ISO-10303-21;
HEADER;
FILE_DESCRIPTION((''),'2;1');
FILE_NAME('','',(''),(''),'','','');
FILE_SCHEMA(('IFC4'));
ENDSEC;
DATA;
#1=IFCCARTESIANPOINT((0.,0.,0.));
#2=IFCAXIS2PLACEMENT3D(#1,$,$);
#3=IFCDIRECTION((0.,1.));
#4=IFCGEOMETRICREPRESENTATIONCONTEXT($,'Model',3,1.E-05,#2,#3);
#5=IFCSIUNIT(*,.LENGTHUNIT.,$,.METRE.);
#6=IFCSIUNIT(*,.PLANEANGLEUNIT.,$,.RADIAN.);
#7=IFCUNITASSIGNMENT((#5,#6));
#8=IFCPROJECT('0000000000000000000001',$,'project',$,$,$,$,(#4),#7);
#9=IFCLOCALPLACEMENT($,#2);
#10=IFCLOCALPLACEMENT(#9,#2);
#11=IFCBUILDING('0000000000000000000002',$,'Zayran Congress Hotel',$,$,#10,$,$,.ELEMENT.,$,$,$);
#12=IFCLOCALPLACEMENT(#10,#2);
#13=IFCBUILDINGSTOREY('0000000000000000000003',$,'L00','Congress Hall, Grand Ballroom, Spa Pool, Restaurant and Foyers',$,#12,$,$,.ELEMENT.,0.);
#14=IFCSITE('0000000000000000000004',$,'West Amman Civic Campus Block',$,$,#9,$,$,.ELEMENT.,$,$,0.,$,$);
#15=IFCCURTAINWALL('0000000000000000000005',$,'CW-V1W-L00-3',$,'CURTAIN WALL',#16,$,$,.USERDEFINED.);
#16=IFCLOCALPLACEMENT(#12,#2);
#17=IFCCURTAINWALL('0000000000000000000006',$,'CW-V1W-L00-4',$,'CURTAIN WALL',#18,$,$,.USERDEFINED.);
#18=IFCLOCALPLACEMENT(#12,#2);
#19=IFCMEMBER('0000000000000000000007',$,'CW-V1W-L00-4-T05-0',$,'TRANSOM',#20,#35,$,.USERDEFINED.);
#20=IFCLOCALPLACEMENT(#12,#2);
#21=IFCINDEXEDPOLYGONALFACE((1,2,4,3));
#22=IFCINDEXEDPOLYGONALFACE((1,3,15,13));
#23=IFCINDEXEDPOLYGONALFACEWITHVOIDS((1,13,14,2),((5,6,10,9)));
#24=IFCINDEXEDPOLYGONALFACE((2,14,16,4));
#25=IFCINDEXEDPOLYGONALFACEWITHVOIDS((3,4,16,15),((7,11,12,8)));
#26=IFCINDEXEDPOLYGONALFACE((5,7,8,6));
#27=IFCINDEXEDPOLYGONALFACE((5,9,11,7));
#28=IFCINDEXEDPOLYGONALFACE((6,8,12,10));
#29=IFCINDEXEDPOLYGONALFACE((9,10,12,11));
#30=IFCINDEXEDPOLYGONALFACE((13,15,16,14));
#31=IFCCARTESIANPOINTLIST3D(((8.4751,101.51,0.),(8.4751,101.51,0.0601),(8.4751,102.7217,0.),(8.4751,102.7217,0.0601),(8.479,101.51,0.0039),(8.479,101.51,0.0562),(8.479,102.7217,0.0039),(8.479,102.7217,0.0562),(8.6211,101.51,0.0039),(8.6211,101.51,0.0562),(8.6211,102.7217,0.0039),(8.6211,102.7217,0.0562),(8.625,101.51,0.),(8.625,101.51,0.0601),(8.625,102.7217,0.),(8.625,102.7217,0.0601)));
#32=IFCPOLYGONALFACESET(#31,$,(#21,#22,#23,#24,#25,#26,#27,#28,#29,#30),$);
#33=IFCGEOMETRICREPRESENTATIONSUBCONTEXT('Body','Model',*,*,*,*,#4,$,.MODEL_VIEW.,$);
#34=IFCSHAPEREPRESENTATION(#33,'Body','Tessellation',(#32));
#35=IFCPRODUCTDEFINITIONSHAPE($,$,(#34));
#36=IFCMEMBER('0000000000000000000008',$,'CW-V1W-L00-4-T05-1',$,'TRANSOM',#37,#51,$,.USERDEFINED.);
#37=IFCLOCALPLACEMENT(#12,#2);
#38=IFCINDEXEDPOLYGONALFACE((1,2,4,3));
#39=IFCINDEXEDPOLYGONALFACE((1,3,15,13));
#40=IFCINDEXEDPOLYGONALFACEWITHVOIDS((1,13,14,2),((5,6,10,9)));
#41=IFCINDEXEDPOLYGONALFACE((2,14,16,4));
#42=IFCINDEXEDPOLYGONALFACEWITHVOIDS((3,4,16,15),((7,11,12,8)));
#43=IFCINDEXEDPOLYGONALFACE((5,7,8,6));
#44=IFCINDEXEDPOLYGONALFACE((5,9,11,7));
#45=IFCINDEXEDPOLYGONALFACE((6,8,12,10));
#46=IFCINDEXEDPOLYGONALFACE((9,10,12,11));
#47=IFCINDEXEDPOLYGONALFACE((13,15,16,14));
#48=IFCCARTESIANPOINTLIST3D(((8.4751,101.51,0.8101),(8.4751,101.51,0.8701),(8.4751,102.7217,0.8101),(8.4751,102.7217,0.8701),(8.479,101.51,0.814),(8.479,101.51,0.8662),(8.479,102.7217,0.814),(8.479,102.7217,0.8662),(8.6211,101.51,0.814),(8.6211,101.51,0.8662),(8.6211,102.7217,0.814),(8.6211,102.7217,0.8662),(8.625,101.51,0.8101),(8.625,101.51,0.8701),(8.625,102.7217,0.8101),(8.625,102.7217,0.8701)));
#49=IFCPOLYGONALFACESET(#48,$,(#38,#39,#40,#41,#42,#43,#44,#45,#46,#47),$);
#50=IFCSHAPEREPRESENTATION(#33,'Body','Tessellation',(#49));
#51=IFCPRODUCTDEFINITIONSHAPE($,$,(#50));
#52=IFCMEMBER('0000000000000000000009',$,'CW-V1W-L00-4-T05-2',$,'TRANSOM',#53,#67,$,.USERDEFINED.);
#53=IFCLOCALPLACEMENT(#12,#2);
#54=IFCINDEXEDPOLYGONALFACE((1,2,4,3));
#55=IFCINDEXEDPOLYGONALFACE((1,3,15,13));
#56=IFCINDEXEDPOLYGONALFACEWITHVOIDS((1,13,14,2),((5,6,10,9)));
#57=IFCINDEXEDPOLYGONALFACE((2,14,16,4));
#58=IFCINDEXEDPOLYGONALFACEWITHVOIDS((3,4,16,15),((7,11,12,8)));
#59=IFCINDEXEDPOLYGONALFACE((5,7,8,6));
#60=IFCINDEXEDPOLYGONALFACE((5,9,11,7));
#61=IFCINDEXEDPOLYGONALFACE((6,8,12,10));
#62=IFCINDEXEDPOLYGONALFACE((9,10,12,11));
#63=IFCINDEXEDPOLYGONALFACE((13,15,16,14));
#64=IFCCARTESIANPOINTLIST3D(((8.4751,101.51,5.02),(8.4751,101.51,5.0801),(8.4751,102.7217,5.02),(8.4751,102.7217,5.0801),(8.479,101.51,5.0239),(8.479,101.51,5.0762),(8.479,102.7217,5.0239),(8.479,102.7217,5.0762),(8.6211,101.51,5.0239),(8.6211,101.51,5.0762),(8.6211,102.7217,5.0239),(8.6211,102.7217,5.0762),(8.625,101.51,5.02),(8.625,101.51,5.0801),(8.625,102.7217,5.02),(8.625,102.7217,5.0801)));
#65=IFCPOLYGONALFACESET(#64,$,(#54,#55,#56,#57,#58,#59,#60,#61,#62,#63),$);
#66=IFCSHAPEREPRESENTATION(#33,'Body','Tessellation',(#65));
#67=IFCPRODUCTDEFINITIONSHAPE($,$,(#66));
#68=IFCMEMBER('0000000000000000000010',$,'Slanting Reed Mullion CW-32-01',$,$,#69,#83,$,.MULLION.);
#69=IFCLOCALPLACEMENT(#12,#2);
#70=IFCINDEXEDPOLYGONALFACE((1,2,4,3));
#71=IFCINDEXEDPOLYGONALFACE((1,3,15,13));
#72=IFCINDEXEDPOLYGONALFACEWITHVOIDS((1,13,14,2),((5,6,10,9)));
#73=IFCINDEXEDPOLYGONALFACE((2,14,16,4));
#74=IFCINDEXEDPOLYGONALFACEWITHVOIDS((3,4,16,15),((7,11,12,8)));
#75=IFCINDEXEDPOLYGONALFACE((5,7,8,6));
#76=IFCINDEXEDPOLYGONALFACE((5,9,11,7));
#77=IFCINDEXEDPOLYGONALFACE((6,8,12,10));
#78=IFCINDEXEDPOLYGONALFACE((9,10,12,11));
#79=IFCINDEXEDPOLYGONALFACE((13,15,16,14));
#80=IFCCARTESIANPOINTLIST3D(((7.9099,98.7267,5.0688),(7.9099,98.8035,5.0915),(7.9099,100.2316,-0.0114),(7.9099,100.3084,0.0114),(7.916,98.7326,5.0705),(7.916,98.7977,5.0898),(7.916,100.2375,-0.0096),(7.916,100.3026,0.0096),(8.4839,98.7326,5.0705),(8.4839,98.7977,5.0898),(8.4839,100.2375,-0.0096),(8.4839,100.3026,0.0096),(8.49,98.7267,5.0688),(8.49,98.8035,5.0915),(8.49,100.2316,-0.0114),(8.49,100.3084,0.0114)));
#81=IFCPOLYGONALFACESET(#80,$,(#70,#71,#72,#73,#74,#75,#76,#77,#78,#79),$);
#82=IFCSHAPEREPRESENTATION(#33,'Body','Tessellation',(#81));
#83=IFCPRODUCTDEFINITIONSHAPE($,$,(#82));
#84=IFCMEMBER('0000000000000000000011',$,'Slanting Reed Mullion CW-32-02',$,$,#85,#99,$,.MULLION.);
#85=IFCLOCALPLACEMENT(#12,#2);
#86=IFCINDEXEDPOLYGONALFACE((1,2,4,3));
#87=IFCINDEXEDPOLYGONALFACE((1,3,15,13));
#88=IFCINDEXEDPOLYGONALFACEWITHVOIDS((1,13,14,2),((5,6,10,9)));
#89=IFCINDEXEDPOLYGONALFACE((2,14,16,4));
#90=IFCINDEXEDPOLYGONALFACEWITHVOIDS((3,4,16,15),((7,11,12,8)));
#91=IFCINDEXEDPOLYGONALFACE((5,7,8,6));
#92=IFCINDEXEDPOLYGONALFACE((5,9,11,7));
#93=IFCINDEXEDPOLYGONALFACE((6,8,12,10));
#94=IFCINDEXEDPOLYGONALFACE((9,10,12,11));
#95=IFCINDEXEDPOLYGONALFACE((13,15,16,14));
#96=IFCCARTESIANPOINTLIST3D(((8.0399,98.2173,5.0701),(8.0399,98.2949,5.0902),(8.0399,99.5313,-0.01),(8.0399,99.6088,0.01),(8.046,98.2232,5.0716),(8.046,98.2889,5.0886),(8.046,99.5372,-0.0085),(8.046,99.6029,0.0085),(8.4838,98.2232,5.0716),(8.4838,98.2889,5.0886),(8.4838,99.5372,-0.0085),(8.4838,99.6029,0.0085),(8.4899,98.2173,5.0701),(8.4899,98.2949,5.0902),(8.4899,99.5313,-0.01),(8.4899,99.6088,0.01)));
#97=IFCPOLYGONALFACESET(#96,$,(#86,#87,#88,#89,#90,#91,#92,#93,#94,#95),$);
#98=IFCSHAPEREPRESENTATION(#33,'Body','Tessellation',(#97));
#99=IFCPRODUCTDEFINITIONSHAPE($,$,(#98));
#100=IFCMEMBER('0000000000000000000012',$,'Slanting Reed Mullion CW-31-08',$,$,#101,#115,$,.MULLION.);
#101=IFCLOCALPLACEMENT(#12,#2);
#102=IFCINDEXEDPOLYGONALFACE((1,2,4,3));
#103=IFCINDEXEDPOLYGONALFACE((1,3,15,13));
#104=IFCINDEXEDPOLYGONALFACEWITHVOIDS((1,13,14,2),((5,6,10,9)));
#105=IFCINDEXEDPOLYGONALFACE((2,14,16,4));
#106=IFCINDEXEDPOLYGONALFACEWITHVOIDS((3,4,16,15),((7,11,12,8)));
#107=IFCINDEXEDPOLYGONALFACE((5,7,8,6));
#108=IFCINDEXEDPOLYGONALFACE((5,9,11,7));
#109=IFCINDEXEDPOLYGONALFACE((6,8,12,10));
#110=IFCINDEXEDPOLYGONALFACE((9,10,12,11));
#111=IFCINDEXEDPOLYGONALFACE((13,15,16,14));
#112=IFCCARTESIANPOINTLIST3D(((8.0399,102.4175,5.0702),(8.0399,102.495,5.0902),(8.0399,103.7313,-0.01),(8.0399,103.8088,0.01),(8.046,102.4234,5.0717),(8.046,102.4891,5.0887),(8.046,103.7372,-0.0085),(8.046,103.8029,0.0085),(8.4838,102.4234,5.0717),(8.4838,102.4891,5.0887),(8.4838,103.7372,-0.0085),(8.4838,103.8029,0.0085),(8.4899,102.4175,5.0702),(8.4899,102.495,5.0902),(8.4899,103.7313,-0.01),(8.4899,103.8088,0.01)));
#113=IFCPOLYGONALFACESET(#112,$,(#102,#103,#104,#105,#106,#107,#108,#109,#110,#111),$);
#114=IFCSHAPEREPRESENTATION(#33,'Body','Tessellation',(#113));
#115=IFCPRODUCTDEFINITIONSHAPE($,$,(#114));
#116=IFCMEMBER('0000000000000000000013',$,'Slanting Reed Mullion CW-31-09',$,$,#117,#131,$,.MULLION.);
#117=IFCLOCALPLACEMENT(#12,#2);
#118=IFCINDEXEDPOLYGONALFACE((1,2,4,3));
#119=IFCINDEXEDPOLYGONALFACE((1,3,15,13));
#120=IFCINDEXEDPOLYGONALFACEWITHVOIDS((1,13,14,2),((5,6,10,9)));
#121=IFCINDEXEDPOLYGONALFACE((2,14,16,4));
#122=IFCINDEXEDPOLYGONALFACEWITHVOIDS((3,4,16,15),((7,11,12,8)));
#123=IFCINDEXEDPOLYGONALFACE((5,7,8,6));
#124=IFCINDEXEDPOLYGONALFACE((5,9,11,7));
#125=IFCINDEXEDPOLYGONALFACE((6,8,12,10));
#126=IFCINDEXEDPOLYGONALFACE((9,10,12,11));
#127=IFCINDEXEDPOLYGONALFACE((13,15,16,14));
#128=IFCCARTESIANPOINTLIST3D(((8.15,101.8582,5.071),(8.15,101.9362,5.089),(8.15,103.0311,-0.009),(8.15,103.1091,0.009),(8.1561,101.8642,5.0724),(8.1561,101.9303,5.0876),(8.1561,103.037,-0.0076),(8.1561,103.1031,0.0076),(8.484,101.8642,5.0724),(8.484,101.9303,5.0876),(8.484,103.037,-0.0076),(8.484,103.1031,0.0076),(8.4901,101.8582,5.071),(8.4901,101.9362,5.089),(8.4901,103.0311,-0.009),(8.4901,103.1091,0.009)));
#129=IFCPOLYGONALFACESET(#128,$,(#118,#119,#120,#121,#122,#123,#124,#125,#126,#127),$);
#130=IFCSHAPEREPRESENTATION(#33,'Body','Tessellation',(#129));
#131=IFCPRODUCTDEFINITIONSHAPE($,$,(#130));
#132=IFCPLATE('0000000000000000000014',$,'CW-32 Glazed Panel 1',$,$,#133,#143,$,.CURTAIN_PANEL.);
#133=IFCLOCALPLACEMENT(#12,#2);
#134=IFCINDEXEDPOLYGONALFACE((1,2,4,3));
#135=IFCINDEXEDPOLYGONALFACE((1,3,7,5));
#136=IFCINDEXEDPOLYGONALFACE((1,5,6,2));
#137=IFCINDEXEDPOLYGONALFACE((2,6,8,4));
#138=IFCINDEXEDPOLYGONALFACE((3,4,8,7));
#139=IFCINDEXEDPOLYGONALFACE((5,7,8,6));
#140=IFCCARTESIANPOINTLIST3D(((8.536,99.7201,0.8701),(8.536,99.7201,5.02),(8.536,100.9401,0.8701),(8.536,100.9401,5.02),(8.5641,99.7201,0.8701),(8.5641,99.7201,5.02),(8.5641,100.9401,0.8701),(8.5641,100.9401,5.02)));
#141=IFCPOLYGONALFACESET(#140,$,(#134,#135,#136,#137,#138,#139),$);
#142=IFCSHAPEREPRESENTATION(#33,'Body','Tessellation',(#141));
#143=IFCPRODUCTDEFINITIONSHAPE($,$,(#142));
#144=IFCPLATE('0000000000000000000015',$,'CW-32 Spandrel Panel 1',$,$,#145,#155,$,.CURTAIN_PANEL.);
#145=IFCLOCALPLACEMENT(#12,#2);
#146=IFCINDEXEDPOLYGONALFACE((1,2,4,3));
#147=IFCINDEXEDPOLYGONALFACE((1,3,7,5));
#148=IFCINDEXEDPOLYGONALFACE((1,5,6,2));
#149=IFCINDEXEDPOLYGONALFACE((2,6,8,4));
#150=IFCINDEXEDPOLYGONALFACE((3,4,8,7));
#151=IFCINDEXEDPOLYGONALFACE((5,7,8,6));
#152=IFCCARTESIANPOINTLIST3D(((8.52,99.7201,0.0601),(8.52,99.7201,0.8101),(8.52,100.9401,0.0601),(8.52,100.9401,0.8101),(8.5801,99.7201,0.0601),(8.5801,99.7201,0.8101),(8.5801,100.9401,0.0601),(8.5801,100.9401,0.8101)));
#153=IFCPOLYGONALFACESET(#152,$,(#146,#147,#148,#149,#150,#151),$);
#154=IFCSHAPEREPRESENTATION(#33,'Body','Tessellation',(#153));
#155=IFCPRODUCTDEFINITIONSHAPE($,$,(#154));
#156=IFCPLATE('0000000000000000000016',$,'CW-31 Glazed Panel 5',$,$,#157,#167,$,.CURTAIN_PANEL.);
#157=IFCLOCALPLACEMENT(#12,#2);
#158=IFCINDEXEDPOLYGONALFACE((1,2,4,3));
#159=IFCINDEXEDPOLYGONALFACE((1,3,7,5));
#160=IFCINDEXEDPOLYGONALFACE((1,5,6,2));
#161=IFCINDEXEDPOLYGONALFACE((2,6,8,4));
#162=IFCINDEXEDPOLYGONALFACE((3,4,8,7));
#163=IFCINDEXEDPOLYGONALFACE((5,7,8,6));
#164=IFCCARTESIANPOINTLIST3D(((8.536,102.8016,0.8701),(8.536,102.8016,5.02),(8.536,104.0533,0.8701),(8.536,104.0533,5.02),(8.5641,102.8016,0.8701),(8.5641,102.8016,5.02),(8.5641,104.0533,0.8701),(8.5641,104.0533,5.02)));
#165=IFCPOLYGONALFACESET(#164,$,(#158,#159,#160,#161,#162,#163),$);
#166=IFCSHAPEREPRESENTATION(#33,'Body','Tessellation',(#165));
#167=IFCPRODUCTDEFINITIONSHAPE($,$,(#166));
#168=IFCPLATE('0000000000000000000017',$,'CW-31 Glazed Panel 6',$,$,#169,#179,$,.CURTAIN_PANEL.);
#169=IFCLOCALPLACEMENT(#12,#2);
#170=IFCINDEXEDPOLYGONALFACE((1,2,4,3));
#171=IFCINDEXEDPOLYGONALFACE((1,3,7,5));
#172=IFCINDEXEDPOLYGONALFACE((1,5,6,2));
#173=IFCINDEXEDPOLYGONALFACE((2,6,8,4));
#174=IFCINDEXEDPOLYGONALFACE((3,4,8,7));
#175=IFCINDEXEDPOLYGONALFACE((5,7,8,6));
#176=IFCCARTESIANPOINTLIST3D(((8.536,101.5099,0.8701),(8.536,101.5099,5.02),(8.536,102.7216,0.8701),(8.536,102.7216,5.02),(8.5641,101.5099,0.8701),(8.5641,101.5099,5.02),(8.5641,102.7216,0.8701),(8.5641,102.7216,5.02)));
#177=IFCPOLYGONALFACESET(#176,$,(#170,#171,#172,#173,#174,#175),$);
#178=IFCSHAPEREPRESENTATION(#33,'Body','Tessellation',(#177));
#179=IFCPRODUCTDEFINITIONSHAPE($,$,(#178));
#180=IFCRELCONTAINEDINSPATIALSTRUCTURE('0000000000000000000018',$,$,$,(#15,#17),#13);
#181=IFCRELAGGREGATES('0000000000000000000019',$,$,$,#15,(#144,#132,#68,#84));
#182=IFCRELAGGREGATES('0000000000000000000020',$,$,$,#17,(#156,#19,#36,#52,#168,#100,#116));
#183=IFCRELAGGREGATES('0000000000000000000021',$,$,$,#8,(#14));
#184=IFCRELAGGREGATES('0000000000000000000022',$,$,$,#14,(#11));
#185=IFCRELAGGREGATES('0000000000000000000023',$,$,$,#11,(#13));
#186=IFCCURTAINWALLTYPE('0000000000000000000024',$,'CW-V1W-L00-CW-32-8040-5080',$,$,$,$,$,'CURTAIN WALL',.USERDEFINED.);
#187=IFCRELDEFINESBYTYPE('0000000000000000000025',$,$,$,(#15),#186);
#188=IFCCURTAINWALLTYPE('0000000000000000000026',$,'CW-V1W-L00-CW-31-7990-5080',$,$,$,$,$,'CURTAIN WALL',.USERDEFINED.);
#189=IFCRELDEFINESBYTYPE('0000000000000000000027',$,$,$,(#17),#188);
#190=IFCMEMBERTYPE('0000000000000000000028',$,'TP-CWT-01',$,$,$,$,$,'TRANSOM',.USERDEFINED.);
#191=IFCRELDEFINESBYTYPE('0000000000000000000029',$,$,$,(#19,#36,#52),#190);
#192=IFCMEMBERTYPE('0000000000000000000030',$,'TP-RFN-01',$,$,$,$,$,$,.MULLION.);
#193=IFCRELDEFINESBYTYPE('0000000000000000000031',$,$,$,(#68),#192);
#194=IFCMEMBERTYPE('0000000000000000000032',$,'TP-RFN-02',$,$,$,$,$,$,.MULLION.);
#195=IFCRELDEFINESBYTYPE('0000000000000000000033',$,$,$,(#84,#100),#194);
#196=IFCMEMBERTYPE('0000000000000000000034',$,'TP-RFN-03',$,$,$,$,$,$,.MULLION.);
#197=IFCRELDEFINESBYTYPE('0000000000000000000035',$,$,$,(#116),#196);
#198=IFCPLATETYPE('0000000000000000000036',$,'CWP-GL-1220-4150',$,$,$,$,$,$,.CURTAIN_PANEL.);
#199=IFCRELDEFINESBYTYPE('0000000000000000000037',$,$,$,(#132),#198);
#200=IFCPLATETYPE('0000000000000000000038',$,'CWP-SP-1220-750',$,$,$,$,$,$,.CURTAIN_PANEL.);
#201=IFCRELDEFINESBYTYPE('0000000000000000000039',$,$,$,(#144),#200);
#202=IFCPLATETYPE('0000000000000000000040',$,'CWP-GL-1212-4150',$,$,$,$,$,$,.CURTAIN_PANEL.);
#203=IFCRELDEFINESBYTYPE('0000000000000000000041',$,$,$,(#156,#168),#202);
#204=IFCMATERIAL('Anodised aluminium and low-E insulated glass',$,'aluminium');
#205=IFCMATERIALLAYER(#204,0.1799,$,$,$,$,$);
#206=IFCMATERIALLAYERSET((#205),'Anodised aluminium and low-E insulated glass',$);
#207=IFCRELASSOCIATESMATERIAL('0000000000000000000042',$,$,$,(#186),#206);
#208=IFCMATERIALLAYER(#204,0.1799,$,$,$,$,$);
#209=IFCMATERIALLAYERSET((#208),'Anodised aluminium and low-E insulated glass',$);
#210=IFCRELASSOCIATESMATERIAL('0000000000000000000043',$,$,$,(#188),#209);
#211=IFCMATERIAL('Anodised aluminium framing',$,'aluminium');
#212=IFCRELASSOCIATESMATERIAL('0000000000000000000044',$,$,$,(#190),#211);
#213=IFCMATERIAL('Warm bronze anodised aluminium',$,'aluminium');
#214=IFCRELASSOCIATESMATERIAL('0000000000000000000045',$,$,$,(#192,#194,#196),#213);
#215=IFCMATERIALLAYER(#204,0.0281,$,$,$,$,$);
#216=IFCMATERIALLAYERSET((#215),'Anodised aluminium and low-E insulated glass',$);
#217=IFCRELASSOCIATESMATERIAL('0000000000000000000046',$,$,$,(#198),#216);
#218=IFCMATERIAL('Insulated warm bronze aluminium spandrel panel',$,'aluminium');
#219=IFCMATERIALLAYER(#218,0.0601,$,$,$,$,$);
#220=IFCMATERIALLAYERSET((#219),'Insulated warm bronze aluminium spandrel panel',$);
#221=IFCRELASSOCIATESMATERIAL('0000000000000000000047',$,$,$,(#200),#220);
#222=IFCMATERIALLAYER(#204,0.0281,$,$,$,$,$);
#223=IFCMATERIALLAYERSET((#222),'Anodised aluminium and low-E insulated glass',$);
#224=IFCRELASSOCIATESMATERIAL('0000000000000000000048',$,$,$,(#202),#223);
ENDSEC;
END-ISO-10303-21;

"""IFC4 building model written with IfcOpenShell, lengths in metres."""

from ifc_helpers import new_model, si_unit, direction, frame, origin, origin_2d, place, context, subcontext, project, spatial, rectangle, hollow_rectangle, extrude, material, layer, layer_set, material_profile, profile_set, type_object, element, aggregate, save


model = new_model("IFC4")

# Units and contexts
model_context = context("Model", 3, precision=1e-05, world=origin(), true_north=direction((0.0, 1.0)))
body_context = subcontext(model_context, "Body", "Model", "MODEL_VIEW")
ifc_project = project(units=[si_unit("LENGTHUNIT", "METRE"), si_unit("PLANEANGLEUNIT", "RADIAN")], contexts=[model_context])

# Site, building, storey
site_placement = place(None, origin())
site = spatial("IfcSite", under=ifc_project, at=site_placement, Name="West Amman Civic Campus Block", CompositionType="ELEMENT", RefElevation=0.0)
building_placement = place(site_placement, origin())
building = spatial("IfcBuilding", under=site, at=building_placement, Name="Zayran Congress Hotel", CompositionType="ELEMENT")
storey_placement = place(building_placement, origin())
storey = spatial("IfcBuildingStorey", under=building, at=storey_placement, Name="L00", Description="Congress Hall, Grand Ballroom, Spa Pool, Restaurant and Foyers", CompositionType="ELEMENT", Elevation=0.0)

# Curtain walls
ifc_material_1 = material(Name="Anodised aluminium and low-E insulated glass", Category="aluminium")
ifc_layer_1 = layer(ifc_material_1, 0.1799)
ifc_layer_set_1 = layer_set([ifc_layer_1], Name="Anodised aluminium and low-E insulated glass")
curtain_wall_type_1 = type_object("IfcCurtainWallType", Name="CW-V1W-L00-CW-32-8040-5080", ElementType="CURTAIN WALL", PredefinedType="USERDEFINED", material=ifc_layer_set_1)
curtain_wall_1_placement = place(storey_placement, origin())
curtain_wall_1 = element("IfcCurtainWall", 1, at=curtain_wall_1_placement, inside=storey, type_object=curtain_wall_type_1, Name="CW-V1W-L00-3", ObjectType="CURTAIN WALL", PredefinedType="USERDEFINED")
ifc_material_2 = material(Name="Anodised aluminium framing", Category="aluminium")
ifc_layer_2 = layer(ifc_material_1, 0.1799)
ifc_layer_set_2 = layer_set([ifc_layer_2], Name="Anodised aluminium and low-E insulated glass")
curtain_wall_type_2 = type_object("IfcCurtainWallType", Name="CW-V1W-L00-CW-31-7990-5080", ElementType="CURTAIN WALL", PredefinedType="USERDEFINED", material=ifc_layer_set_2)
curtain_wall_2_placement = place(storey_placement, origin())
curtain_wall_2 = element("IfcCurtainWall", 2, at=curtain_wall_2_placement, inside=storey, type_object=curtain_wall_type_2, Name="CW-V1W-L00-4", ObjectType="CURTAIN WALL", PredefinedType="USERDEFINED")

# Members
ifc_material_profile_1 = material_profile(ifc_material_2, hollow_rectangle(XDim=0.0601, YDim=0.1499, WallThickness=0.0039, at=origin_2d()), Name="RHS 150x60x4")
ifc_profile_set_1 = profile_set([ifc_material_profile_1], Name="Anodised aluminium framing")
member_type_1 = type_object("IfcMemberType", Name="TP-CWT-01", ElementType="TRANSOM", PredefinedType="USERDEFINED", material=ifc_profile_set_1)
member_1_placement = place(storey_placement, frame((8.55, 102.7217, 0.03), z_axis=(0.0, -1.0, 0.0), x_axis=(0.0, 0.0, 1.0)))
member_1 = element("IfcMember", 3, at=member_1_placement, type_object=member_type_1, Name="CW-V1W-L00-4-T05-0", ObjectType="TRANSOM", PredefinedType="USERDEFINED", context=body_context, shape_type="SweptSolid", body=[
    extrude(hollow_rectangle(XDim=0.0601, YDim=0.1499, WallThickness=0.0039, at=origin_2d()), origin(), (0.0, 0.0, 1.0), 1.2117),
])
member_2_placement = place(storey_placement, frame((8.55, 102.7217, 0.8401), z_axis=(0.0, -1.0, 0.0), x_axis=(0.0, 0.0, 1.0)))
member_2 = element("IfcMember", 4, at=member_2_placement, type_object=member_type_1, Name="CW-V1W-L00-4-T05-1", ObjectType="TRANSOM", PredefinedType="USERDEFINED", context=body_context, shape_type="SweptSolid", body=[
    extrude(hollow_rectangle(XDim=0.0601, YDim=0.1499, WallThickness=0.0039, at=origin_2d()), origin(), (0.0, 0.0, 1.0), 1.2117),
])
member_3_placement = place(storey_placement, frame((8.55, 102.7217, 5.05), z_axis=(0.0, -1.0, 0.0), x_axis=(0.0, 0.0, 1.0)))
member_3 = element("IfcMember", 5, at=member_3_placement, type_object=member_type_1, Name="CW-V1W-L00-4-T05-2", ObjectType="TRANSOM", PredefinedType="USERDEFINED", context=body_context, shape_type="SweptSolid", body=[
    extrude(hollow_rectangle(XDim=0.0601, YDim=0.1499, WallThickness=0.0039, at=origin_2d()), origin(), (0.0, 0.0, 1.0), 1.2117),
])
ifc_material_3 = material(Name="Warm bronze anodised aluminium", Category="aluminium")
ifc_material_profile_2 = material_profile(ifc_material_3, hollow_rectangle(XDim=0.0801, YDim=0.5801, WallThickness=0.0061, at=origin_2d()), Name="RHS 580x80x6")
ifc_profile_set_2 = profile_set([ifc_material_profile_2], Name="Warm bronze anodised aluminium")
member_type_2 = type_object("IfcMemberType", Name="TP-RFN-01", PredefinedType="MULLION", material=ifc_profile_set_2)
member_4_placement = place(storey_placement, frame((8.2, 100.27, 0.0), z_axis=(0.0, -0.284032, 0.958815), x_axis=(0.0, 0.958815, 0.284032)))
member_4 = element("IfcMember", 6, at=member_4_placement, type_object=member_type_2, Name="Slanting Reed Mullion CW-32-01", PredefinedType="MULLION", context=body_context, shape_type="SweptSolid", body=[
    extrude(hollow_rectangle(XDim=0.0801, YDim=0.5801, WallThickness=0.0061, at=origin_2d()), origin(), (0.0, 0.0, 1.0), 5.2983),
])
ifc_material_profile_3 = material_profile(ifc_material_3, hollow_rectangle(XDim=0.0801, YDim=0.45, WallThickness=0.0061, at=origin_2d()), Name="RHS 450x80x6")
ifc_profile_set_3 = profile_set([ifc_material_profile_3], Name="Warm bronze anodised aluminium")
member_type_3 = type_object("IfcMemberType", Name="TP-RFN-02", PredefinedType="MULLION", material=ifc_profile_set_3)
member_5_placement = place(storey_placement, frame((8.2649, 99.5701, 0.0), z_axis=(0.0, -0.25041, 0.96814), x_axis=(0.0, 0.96814, 0.25041)))
member_5 = element("IfcMember", 7, at=member_5_placement, type_object=member_type_3, Name="Slanting Reed Mullion CW-32-02", PredefinedType="MULLION", context=body_context, shape_type="SweptSolid", body=[
    extrude(hollow_rectangle(XDim=0.0801, YDim=0.45, WallThickness=0.0061, at=origin_2d()), origin(), (0.0, 0.0, 1.0), 5.2473),
])
member_6_placement = place(storey_placement, frame((8.2649, 103.77, 0.0), z_axis=(0.0, -0.250366, 0.968151), x_axis=(0.0, 0.968151, 0.250366)))
member_6 = element("IfcMember", 8, at=member_6_placement, type_object=member_type_3, Name="Slanting Reed Mullion CW-31-08", PredefinedType="MULLION", context=body_context, shape_type="SweptSolid", body=[
    extrude(hollow_rectangle(XDim=0.0801, YDim=0.45, WallThickness=0.0061, at=origin_2d()), origin(), (0.0, 0.0, 1.0), 5.2473),
])
ifc_material_profile_4 = material_profile(ifc_material_3, hollow_rectangle(XDim=0.0801, YDim=0.3401, WallThickness=0.0061, at=origin_2d()), Name="RHS 340x80x6")
ifc_profile_set_4 = profile_set([ifc_material_profile_4], Name="Warm bronze anodised aluminium")
member_type_4 = type_object("IfcMemberType", Name="TP-RFN-03", PredefinedType="MULLION", material=ifc_profile_set_4)
member_7_placement = place(storey_placement, frame((8.3201, 103.0701, 0.0), z_axis=(0.0, -0.224955, 0.974369), x_axis=(0.0, 0.974369, 0.224955)))
member_7 = element("IfcMember", 9, at=member_7_placement, type_object=member_type_4, Name="Slanting Reed Mullion CW-31-09", PredefinedType="MULLION", context=body_context, shape_type="SweptSolid", body=[
    extrude(hollow_rectangle(XDim=0.0801, YDim=0.3401, WallThickness=0.0061, at=origin_2d()), origin(), (0.0, 0.0, 1.0), 5.2136),
])

# Plates
ifc_layer_3 = layer(ifc_material_1, 0.0281)
ifc_layer_set_3 = layer_set([ifc_layer_3], Name="Anodised aluminium and low-E insulated glass")
plate_type_1 = type_object("IfcPlateType", Name="CWP-GL-1220-4150", PredefinedType="CURTAIN_PANEL", material=ifc_layer_set_3)
plate_1_placement = place(storey_placement, frame((8.55, 100.3301, 0.8701), z_axis=(0.0, 0.0, 1.0), x_axis=(0.0, 1.0, 0.0)))
plate_1 = element("IfcPlate", 10, at=plate_1_placement, type_object=plate_type_1, Name="CW-32 Glazed Panel 1", PredefinedType="CURTAIN_PANEL", context=body_context, shape_type="SweptSolid", body=[
    extrude(rectangle(XDim=1.22, YDim=0.0281, at=origin_2d()), origin(), (0.0, 0.0, 1.0), 4.1499),
])
ifc_material_4 = material(Name="Insulated warm bronze aluminium spandrel panel", Category="aluminium")
ifc_layer_4 = layer(ifc_material_4, 0.0601)
ifc_layer_set_4 = layer_set([ifc_layer_4], Name="Insulated warm bronze aluminium spandrel panel")
plate_type_2 = type_object("IfcPlateType", Name="CWP-SP-1220-750", PredefinedType="CURTAIN_PANEL", material=ifc_layer_set_4)
plate_2_placement = place(storey_placement, frame((8.55, 100.3301, 0.0601), z_axis=(0.0, 0.0, 1.0), x_axis=(0.0, 1.0, 0.0)))
plate_2 = element("IfcPlate", 11, at=plate_2_placement, type_object=plate_type_2, Name="CW-32 Spandrel Panel 1", PredefinedType="CURTAIN_PANEL", context=body_context, shape_type="SweptSolid", body=[
    extrude(rectangle(XDim=1.22, YDim=0.0601, at=origin_2d()), origin(), (0.0, 0.0, 1.0), 0.75),
])
aggregate(curtain_wall_1, [plate_2, plate_1, member_4, member_5])
ifc_layer_5 = layer(ifc_material_1, 0.0281)
ifc_layer_set_5 = layer_set([ifc_layer_5], Name="Anodised aluminium and low-E insulated glass")
plate_type_3 = type_object("IfcPlateType", Name="CWP-GL-1212-4150", PredefinedType="CURTAIN_PANEL", material=ifc_layer_set_5)
plate_3_placement = place(storey_placement, frame((8.55, 103.4275, 0.8701), z_axis=(0.0, 0.0, 1.0), x_axis=(0.0, 1.0, 0.0)))
plate_3 = element("IfcPlate", 12, at=plate_3_placement, type_object=plate_type_3, Name="CW-31 Glazed Panel 5", PredefinedType="CURTAIN_PANEL", context=body_context, shape_type="SweptSolid", body=[
    extrude(rectangle(XDim=1.2517, YDim=0.0281, at=origin_2d()), origin(), (0.0, 0.0, 1.0), 4.1499),
])
plate_4_placement = place(storey_placement, frame((8.55, 102.1157, 0.8701), z_axis=(0.0, 0.0, 1.0), x_axis=(0.0, 1.0, 0.0)))
plate_4 = element("IfcPlate", 13, at=plate_4_placement, type_object=plate_type_3, Name="CW-31 Glazed Panel 6", PredefinedType="CURTAIN_PANEL", context=body_context, shape_type="SweptSolid", body=[
    extrude(rectangle(XDim=1.2117, YDim=0.0281, at=origin_2d()), origin(), (0.0, 0.0, 1.0), 4.1499),
])
aggregate(curtain_wall_2, [plate_3, member_1, member_2, member_3, plate_4, member_6, member_7])

save(model, "model.ifc")
